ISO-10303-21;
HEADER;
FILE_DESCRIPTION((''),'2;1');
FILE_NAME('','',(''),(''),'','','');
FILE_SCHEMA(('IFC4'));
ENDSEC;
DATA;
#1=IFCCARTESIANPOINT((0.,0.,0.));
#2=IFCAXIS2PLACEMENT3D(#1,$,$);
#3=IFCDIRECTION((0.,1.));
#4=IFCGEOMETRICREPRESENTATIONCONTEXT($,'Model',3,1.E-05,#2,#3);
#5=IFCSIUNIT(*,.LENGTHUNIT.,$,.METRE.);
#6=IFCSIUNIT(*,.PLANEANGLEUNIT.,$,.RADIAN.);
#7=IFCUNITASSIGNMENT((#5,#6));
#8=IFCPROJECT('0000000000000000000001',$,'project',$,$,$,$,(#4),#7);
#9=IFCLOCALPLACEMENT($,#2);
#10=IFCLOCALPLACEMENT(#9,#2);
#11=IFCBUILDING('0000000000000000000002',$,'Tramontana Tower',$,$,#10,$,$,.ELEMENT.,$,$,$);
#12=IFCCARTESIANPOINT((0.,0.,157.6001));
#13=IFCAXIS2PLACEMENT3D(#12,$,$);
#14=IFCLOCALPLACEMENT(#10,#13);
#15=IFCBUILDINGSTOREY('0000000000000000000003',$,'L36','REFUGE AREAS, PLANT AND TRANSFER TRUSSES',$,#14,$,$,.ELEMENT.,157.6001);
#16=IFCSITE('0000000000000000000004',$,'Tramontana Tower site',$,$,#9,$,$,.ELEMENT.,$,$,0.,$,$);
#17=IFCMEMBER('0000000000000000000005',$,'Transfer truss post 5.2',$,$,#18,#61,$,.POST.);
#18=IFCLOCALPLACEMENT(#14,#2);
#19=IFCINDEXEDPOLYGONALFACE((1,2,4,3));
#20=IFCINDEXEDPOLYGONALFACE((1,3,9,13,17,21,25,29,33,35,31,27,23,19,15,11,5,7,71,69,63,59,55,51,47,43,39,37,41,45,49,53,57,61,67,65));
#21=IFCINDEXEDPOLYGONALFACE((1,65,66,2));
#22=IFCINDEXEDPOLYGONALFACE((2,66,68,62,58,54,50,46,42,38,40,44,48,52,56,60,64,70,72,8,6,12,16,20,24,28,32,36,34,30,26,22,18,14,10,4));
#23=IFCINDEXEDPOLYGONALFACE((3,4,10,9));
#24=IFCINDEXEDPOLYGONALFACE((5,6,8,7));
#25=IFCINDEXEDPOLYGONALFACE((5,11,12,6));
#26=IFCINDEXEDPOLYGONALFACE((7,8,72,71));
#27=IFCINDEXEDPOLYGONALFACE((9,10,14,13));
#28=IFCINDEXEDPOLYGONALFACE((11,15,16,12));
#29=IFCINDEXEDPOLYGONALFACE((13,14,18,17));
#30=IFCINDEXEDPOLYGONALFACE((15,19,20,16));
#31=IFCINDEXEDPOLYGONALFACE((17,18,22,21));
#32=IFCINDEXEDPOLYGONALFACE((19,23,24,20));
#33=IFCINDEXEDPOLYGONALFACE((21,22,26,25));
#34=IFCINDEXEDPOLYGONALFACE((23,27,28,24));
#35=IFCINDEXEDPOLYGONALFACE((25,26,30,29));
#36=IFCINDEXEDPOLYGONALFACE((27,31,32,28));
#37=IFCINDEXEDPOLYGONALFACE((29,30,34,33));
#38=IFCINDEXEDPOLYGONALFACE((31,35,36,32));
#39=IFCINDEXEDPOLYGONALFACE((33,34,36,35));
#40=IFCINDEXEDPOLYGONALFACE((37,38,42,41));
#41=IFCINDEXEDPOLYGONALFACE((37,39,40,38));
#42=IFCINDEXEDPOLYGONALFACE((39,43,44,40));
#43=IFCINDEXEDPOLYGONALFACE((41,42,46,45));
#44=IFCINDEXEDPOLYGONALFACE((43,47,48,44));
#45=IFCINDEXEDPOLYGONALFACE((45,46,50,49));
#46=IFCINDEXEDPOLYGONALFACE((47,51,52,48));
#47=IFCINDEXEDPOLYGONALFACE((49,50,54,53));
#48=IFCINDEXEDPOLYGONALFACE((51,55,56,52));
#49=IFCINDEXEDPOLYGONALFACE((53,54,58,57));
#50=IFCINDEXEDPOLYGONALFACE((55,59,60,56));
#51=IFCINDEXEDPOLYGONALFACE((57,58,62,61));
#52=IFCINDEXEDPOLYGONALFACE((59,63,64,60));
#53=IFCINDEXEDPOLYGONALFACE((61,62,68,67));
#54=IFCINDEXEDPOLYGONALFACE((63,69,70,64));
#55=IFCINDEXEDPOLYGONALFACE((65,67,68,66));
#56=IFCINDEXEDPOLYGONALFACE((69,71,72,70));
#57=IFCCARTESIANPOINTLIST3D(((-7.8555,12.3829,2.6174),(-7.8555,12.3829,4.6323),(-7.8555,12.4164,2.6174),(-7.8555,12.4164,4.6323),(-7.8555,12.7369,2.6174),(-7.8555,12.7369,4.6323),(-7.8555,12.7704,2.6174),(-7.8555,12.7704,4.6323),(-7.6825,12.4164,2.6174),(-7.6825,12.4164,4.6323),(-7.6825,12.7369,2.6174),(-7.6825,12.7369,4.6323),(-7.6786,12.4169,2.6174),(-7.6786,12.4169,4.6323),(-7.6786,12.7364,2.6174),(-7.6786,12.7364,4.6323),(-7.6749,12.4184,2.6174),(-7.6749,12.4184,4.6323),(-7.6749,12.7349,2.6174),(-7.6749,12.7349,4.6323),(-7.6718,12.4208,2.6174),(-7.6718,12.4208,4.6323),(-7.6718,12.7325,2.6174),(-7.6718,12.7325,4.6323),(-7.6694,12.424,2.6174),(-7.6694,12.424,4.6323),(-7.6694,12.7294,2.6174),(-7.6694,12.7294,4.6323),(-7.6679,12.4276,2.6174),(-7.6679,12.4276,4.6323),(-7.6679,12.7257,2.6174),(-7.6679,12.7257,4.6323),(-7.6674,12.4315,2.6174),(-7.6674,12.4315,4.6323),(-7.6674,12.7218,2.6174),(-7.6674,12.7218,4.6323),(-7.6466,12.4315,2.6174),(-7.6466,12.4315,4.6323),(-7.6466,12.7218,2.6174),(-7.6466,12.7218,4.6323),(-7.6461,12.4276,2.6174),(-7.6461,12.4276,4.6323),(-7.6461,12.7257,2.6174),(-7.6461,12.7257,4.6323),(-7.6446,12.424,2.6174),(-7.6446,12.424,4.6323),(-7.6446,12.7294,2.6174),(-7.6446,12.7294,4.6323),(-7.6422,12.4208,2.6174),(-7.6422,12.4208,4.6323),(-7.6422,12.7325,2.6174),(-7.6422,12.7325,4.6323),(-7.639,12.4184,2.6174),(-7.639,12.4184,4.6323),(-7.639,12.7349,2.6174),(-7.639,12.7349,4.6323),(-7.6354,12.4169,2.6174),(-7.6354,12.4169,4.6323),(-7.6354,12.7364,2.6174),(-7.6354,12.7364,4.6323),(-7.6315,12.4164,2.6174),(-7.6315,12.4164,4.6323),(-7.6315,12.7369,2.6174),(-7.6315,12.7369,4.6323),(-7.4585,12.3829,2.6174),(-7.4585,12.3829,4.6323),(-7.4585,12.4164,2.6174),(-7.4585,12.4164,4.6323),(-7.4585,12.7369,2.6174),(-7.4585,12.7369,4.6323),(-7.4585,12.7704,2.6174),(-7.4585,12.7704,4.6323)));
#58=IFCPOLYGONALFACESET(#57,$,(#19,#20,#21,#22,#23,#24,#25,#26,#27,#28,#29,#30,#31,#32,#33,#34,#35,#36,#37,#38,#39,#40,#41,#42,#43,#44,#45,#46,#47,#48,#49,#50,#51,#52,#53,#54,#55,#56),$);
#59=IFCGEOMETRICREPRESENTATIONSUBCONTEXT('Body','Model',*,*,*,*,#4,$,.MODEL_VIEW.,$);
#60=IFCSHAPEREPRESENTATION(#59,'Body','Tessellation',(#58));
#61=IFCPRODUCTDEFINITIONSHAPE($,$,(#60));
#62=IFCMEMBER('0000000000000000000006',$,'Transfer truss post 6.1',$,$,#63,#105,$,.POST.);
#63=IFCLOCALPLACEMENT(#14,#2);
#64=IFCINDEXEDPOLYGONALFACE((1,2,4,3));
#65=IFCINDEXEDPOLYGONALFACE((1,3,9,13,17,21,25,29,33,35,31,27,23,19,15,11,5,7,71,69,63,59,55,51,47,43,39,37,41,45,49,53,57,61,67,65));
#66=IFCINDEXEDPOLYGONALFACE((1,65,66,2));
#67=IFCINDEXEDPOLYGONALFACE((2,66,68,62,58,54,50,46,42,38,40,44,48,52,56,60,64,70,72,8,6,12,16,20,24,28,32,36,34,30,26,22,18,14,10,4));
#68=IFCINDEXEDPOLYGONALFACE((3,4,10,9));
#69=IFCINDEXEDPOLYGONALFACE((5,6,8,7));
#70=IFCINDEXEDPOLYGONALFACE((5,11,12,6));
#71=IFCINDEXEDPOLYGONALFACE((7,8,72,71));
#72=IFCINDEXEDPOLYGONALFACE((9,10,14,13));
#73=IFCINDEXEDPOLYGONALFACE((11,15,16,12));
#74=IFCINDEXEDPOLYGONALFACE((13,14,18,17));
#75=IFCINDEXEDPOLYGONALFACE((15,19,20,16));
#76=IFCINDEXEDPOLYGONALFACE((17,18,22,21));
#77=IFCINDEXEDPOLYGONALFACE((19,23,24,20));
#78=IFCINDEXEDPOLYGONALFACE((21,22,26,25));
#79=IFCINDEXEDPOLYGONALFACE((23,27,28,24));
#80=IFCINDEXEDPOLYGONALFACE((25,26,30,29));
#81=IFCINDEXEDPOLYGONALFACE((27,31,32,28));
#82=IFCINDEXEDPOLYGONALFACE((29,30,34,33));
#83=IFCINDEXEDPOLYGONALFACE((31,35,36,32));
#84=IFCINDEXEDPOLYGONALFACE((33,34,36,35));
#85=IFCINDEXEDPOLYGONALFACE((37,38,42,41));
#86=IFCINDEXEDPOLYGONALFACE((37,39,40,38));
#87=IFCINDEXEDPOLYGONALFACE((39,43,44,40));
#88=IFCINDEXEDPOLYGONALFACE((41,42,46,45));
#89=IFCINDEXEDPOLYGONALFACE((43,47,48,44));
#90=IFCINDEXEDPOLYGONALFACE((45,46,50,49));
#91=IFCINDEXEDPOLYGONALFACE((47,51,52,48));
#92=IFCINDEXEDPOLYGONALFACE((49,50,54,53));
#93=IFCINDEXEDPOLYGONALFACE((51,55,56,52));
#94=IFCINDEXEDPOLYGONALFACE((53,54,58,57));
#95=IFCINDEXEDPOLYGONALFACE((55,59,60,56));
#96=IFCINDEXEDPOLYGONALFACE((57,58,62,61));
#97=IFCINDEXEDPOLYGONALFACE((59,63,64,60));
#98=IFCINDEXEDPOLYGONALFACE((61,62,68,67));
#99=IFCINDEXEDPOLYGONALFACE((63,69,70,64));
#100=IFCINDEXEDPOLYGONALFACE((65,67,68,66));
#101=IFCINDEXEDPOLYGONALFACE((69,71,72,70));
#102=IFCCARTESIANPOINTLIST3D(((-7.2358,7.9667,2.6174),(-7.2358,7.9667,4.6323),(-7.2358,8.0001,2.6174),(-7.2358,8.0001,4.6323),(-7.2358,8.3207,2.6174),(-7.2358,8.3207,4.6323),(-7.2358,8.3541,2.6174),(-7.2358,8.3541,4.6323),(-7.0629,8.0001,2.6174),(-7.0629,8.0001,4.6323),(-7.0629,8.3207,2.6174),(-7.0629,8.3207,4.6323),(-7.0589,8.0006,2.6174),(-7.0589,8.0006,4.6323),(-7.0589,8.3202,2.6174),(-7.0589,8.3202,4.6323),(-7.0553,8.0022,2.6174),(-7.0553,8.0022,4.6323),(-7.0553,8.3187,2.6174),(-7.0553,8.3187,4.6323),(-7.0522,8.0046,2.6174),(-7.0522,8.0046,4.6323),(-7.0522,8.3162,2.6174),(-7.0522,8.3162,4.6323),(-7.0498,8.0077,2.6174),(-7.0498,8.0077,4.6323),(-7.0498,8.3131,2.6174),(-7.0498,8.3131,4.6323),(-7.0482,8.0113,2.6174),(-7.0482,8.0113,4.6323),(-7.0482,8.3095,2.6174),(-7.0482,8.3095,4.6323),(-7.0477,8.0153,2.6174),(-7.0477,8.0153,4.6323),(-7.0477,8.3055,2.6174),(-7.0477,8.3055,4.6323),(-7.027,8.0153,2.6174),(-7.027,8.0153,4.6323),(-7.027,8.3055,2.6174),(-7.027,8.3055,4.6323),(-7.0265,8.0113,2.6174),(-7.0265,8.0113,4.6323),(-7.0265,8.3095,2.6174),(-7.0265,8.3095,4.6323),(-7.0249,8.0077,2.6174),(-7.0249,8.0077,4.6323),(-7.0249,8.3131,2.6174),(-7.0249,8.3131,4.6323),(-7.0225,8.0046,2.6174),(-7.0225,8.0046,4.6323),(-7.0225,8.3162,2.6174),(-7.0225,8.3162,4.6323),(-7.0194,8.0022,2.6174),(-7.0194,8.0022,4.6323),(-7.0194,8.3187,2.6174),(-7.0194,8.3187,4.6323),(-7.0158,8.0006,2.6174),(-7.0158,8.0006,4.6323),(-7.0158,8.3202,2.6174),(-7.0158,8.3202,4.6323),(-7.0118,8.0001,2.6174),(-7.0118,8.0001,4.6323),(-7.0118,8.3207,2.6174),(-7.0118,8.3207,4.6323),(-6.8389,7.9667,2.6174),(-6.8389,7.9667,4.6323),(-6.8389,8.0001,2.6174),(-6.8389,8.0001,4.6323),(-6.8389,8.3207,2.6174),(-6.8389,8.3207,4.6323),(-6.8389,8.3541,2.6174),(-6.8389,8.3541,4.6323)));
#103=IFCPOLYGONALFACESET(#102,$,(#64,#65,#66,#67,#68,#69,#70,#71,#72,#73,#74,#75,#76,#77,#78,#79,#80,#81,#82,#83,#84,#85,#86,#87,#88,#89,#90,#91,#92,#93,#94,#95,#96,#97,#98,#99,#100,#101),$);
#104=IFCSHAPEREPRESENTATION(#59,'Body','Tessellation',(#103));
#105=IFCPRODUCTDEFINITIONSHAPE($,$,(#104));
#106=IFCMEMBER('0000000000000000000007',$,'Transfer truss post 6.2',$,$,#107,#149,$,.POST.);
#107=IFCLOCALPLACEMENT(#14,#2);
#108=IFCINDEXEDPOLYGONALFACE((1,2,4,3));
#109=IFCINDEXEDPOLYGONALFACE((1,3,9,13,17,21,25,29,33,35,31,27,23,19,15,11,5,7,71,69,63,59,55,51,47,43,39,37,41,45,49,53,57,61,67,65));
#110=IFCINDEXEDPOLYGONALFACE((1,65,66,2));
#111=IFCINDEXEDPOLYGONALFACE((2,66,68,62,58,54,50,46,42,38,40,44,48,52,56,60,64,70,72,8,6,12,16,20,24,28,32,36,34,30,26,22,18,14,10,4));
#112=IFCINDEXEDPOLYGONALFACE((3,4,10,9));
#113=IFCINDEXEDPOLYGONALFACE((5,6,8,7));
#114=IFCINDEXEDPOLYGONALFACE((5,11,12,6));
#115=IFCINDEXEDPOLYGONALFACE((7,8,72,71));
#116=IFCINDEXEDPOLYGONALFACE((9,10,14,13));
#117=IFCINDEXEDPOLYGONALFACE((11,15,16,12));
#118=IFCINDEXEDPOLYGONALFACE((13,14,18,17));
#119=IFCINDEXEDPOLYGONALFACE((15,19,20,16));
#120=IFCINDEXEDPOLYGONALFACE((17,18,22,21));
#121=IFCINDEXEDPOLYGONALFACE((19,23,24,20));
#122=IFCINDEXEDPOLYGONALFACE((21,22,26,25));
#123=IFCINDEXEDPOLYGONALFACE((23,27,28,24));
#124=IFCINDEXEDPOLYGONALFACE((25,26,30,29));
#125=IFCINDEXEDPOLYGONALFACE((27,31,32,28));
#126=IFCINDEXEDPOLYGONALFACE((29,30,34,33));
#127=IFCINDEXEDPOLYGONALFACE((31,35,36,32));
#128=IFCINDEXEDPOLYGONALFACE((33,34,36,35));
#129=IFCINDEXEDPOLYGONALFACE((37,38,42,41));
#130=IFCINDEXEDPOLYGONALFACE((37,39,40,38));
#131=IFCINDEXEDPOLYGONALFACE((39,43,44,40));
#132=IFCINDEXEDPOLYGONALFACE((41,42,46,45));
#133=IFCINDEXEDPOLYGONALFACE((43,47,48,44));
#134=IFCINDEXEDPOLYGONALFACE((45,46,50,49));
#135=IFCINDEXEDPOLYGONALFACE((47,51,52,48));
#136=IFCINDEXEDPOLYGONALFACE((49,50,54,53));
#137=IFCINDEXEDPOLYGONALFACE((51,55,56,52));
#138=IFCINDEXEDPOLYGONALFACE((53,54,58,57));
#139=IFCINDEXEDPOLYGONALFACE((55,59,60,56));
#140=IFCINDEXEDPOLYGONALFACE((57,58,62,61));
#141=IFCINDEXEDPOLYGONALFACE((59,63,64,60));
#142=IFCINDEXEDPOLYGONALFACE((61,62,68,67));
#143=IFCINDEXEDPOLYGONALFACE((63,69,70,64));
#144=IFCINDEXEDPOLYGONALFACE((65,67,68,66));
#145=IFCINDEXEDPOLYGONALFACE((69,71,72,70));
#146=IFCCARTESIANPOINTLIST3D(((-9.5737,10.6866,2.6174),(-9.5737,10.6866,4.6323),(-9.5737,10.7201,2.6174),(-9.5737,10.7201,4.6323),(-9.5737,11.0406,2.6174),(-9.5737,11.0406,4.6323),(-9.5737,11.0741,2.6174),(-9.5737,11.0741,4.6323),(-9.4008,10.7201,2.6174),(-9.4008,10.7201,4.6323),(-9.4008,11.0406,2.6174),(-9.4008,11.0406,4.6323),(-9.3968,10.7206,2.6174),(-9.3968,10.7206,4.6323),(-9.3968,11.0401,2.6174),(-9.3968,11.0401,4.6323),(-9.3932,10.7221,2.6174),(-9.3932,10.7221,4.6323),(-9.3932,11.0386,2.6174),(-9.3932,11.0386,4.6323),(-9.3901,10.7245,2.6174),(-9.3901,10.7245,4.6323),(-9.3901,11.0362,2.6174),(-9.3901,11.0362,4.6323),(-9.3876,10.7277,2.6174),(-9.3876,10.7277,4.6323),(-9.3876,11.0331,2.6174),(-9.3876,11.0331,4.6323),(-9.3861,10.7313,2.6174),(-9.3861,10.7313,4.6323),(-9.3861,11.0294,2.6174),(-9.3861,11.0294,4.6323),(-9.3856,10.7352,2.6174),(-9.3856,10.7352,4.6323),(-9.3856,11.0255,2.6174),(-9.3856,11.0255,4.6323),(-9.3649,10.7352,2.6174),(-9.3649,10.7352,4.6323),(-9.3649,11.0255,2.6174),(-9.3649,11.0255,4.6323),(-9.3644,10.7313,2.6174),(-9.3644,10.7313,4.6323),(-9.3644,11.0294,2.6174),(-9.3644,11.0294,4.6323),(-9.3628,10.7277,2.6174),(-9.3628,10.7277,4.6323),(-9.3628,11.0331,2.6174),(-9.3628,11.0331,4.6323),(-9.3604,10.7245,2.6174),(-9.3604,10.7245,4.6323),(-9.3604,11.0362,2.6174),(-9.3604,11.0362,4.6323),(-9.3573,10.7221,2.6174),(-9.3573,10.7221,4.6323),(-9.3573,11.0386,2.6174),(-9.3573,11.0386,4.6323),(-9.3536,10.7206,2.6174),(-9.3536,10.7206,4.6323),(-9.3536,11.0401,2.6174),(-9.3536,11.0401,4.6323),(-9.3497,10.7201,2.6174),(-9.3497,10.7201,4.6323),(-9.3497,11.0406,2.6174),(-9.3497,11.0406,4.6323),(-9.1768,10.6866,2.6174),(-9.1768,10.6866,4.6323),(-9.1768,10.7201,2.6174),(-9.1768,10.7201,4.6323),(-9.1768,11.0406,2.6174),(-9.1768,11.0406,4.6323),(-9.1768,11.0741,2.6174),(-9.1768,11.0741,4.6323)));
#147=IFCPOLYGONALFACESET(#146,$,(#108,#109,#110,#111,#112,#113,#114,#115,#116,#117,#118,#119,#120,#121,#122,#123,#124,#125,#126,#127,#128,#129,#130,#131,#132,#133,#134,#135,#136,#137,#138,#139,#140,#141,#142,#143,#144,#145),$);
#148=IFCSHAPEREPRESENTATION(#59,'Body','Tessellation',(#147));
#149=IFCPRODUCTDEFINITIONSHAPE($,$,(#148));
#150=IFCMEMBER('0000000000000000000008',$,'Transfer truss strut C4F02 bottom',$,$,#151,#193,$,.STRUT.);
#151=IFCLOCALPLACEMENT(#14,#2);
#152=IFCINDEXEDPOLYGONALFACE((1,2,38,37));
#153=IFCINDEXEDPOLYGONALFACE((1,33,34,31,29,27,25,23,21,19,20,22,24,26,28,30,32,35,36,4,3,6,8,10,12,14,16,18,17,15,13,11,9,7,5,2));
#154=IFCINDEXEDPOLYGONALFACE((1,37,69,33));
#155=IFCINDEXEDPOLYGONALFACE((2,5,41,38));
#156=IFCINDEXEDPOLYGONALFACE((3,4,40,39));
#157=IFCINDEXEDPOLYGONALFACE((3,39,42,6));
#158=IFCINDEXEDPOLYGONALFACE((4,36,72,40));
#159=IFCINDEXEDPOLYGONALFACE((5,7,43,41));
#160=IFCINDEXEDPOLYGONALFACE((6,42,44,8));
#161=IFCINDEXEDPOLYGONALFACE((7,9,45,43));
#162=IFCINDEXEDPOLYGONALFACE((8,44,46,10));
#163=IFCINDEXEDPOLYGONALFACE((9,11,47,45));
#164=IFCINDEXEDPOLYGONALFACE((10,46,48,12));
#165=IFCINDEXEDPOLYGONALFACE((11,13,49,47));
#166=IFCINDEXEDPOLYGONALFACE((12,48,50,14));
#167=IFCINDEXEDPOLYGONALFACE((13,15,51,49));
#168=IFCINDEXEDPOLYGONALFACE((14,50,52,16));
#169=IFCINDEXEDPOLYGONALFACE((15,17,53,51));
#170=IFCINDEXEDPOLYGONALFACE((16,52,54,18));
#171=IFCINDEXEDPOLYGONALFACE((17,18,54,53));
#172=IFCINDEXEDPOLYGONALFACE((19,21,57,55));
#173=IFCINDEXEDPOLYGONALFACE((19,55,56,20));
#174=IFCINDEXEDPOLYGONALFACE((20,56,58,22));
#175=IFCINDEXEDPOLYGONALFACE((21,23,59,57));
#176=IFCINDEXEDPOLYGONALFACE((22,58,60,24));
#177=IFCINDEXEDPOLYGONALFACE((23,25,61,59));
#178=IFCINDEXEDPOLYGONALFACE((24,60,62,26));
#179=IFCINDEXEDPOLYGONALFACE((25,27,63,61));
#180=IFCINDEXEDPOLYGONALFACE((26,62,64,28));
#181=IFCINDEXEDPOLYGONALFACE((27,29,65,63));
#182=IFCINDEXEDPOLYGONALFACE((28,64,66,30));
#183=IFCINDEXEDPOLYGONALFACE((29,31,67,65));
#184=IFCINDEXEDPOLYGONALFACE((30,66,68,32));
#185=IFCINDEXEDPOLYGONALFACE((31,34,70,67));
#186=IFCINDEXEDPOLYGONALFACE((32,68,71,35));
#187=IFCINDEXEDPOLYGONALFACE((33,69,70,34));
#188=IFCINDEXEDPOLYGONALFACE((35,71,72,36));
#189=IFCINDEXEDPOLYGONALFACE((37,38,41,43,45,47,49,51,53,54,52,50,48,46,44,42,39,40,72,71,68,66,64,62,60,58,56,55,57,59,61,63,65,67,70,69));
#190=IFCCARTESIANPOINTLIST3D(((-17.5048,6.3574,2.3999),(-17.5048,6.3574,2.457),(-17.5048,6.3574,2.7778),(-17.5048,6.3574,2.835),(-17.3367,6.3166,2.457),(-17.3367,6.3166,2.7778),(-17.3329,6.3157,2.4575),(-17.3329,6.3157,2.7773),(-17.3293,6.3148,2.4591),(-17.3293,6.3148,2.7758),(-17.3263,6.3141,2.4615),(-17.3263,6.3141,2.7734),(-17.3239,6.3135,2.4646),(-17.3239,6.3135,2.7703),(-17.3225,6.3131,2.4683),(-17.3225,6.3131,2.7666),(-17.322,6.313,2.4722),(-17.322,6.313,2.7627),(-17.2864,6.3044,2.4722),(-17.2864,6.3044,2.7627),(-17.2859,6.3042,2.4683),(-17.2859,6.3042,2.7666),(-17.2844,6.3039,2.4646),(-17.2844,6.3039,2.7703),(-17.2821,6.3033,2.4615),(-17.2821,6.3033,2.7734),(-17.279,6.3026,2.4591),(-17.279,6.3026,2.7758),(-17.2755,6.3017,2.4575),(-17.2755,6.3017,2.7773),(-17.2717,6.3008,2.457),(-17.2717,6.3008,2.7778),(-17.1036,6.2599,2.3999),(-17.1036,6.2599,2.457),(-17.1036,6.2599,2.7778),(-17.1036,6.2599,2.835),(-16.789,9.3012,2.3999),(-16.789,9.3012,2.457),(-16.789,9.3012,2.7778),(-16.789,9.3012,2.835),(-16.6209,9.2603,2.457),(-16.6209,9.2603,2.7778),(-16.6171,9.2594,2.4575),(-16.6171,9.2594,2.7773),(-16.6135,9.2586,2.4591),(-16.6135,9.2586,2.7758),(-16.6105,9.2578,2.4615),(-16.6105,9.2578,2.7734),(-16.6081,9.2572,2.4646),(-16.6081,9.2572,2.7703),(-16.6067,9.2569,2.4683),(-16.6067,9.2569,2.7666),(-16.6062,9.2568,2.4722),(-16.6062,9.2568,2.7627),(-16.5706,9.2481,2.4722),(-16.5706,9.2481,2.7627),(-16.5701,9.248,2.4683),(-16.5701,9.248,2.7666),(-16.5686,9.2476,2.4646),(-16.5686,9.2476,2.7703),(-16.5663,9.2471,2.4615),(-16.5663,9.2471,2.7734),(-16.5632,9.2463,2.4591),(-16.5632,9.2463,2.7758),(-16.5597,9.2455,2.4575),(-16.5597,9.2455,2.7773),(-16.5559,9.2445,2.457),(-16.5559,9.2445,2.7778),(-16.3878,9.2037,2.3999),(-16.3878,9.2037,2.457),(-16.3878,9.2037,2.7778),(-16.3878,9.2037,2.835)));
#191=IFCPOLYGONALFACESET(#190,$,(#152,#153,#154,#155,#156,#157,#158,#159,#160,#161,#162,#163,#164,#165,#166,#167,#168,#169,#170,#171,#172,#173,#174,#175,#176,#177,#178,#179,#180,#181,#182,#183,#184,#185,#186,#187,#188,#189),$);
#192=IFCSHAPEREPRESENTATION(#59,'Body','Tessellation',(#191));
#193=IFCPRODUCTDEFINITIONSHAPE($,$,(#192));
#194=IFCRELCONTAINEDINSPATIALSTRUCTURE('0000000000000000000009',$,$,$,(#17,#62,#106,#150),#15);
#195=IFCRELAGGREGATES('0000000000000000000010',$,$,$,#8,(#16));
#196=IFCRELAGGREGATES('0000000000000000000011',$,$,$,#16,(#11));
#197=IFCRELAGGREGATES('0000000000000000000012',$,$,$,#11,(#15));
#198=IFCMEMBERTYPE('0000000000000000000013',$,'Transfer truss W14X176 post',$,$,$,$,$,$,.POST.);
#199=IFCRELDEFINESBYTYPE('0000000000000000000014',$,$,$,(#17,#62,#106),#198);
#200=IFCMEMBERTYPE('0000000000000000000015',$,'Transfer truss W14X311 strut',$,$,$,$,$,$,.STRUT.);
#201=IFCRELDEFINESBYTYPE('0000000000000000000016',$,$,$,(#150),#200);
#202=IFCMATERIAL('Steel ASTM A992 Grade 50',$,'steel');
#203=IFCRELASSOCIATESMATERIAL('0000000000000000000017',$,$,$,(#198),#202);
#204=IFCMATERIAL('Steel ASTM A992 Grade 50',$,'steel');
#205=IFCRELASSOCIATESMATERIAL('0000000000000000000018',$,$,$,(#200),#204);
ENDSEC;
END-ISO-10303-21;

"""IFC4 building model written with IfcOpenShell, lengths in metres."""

from ifc_helpers import new_model, si_unit, direction, frame, origin, origin_2d, place, context, subcontext, project, spatial, i_section, extrude, material, material_profile, profile_set, type_object, element, save


model = new_model("IFC4")

# Units and contexts
model_context = context("Model", 3, precision=1e-05, world=origin(), true_north=direction((0.0, 1.0)))
body_context = subcontext(model_context, "Body", "Model", "MODEL_VIEW")
ifc_project = project(units=[si_unit("LENGTHUNIT", "METRE"), si_unit("PLANEANGLEUNIT", "RADIAN")], contexts=[model_context])

# Site, building, storey
site_placement = place(None, origin())
site = spatial("IfcSite", under=ifc_project, at=site_placement, Name="Tramontana Tower site", CompositionType="ELEMENT", RefElevation=0.0)
building_placement = place(site_placement, origin())
building = spatial("IfcBuilding", under=site, at=building_placement, Name="Tramontana Tower", CompositionType="ELEMENT")
storey_placement = place(building_placement, frame((0.0, 0.0, 157.6001)))
storey = spatial("IfcBuildingStorey", under=building, at=storey_placement, Name="L36", Description="REFUGE AREAS, PLANT AND TRANSFER TRUSSES", CompositionType="ELEMENT", Elevation=157.6001)

# Members
ifc_material_1 = material(Name="Steel ASTM A992 Grade 50", Category="steel")
ifc_material_profile_1 = material_profile(ifc_material_1, i_section(OverallWidth=0.397, OverallDepth=0.3875, WebThickness=0.0208, FlangeThickness=0.0334, FilletRadius=0.0151, at=origin_2d()), Name="W14X176")
ifc_profile_set_1 = profile_set([ifc_material_profile_1], Name="Steel ASTM A992 Grade 50")
member_type_1 = type_object("IfcMemberType", Name="Transfer truss W14X176 post", PredefinedType="POST", material=ifc_profile_set_1)
for number, where, z_axis, x_axis, name in (
    (1, (-7.657, 12.5767, 2.6174), (0.0, 0.0, 1.0), (1.0, 0.0, 0.0), "Transfer truss post 5.2"),
    (2, (-7.0374, 8.1604, 2.6174), (0.0, 0.0, 1.0), (1.0, 0.0, 0.0), "Transfer truss post 6.1"),
    (3, (-9.3752, 10.8804, 2.6174), (0.0, 0.0, 1.0), (1.0, 0.0, 0.0), "Transfer truss post 6.2"),
):
    element("IfcMember", number, at=place(storey_placement, frame(where, z_axis=z_axis, x_axis=x_axis)), inside=storey, type_object=member_type_1, Name=name, PredefinedType="POST", context=body_context, shape_type="SweptSolid", body=[
        extrude(i_section(OverallWidth=0.397, OverallDepth=0.3875, WebThickness=0.0208, FlangeThickness=0.0334, FilletRadius=0.0151, at=origin_2d()), origin(), (0.0, 0.0, 1.0), 2.0149),
    ])
ifc_material_2 = material(Name="Steel ASTM A992 Grade 50", Category="steel")
ifc_material_profile_2 = material_profile(ifc_material_2, i_section(OverallWidth=0.4128, OverallDepth=0.4351, WebThickness=0.0366, FlangeThickness=0.0571, FilletRadius=0.0151, at=origin_2d()), Name="W14X311")
ifc_profile_set_2 = profile_set([ifc_material_profile_2], Name="Steel ASTM A992 Grade 50")
member_type_2 = type_object("IfcMemberType", Name="Transfer truss W14X311 strut", PredefinedType="STRUT", material=ifc_profile_set_2)
member_1_placement = place(storey_placement, frame((-16.5884, 9.2524, 2.6174), z_axis=(-0.236273, -0.971687, 0.0), x_axis=(0.971687, -0.236273, 0.0)))
element("IfcMember", 4, at=member_1_placement, inside=storey, type_object=member_type_2, Name="Transfer truss strut C4F02 bottom", PredefinedType="STRUT", context=body_context, shape_type="SweptSolid", body=[
    extrude(i_section(OverallWidth=0.4128, OverallDepth=0.4351, WebThickness=0.0366, FlangeThickness=0.0571, FilletRadius=0.0151, at=origin_2d()), origin(), (0.0, 0.0, 1.0), 3.0295),
])

save(model, "model.ifc")
